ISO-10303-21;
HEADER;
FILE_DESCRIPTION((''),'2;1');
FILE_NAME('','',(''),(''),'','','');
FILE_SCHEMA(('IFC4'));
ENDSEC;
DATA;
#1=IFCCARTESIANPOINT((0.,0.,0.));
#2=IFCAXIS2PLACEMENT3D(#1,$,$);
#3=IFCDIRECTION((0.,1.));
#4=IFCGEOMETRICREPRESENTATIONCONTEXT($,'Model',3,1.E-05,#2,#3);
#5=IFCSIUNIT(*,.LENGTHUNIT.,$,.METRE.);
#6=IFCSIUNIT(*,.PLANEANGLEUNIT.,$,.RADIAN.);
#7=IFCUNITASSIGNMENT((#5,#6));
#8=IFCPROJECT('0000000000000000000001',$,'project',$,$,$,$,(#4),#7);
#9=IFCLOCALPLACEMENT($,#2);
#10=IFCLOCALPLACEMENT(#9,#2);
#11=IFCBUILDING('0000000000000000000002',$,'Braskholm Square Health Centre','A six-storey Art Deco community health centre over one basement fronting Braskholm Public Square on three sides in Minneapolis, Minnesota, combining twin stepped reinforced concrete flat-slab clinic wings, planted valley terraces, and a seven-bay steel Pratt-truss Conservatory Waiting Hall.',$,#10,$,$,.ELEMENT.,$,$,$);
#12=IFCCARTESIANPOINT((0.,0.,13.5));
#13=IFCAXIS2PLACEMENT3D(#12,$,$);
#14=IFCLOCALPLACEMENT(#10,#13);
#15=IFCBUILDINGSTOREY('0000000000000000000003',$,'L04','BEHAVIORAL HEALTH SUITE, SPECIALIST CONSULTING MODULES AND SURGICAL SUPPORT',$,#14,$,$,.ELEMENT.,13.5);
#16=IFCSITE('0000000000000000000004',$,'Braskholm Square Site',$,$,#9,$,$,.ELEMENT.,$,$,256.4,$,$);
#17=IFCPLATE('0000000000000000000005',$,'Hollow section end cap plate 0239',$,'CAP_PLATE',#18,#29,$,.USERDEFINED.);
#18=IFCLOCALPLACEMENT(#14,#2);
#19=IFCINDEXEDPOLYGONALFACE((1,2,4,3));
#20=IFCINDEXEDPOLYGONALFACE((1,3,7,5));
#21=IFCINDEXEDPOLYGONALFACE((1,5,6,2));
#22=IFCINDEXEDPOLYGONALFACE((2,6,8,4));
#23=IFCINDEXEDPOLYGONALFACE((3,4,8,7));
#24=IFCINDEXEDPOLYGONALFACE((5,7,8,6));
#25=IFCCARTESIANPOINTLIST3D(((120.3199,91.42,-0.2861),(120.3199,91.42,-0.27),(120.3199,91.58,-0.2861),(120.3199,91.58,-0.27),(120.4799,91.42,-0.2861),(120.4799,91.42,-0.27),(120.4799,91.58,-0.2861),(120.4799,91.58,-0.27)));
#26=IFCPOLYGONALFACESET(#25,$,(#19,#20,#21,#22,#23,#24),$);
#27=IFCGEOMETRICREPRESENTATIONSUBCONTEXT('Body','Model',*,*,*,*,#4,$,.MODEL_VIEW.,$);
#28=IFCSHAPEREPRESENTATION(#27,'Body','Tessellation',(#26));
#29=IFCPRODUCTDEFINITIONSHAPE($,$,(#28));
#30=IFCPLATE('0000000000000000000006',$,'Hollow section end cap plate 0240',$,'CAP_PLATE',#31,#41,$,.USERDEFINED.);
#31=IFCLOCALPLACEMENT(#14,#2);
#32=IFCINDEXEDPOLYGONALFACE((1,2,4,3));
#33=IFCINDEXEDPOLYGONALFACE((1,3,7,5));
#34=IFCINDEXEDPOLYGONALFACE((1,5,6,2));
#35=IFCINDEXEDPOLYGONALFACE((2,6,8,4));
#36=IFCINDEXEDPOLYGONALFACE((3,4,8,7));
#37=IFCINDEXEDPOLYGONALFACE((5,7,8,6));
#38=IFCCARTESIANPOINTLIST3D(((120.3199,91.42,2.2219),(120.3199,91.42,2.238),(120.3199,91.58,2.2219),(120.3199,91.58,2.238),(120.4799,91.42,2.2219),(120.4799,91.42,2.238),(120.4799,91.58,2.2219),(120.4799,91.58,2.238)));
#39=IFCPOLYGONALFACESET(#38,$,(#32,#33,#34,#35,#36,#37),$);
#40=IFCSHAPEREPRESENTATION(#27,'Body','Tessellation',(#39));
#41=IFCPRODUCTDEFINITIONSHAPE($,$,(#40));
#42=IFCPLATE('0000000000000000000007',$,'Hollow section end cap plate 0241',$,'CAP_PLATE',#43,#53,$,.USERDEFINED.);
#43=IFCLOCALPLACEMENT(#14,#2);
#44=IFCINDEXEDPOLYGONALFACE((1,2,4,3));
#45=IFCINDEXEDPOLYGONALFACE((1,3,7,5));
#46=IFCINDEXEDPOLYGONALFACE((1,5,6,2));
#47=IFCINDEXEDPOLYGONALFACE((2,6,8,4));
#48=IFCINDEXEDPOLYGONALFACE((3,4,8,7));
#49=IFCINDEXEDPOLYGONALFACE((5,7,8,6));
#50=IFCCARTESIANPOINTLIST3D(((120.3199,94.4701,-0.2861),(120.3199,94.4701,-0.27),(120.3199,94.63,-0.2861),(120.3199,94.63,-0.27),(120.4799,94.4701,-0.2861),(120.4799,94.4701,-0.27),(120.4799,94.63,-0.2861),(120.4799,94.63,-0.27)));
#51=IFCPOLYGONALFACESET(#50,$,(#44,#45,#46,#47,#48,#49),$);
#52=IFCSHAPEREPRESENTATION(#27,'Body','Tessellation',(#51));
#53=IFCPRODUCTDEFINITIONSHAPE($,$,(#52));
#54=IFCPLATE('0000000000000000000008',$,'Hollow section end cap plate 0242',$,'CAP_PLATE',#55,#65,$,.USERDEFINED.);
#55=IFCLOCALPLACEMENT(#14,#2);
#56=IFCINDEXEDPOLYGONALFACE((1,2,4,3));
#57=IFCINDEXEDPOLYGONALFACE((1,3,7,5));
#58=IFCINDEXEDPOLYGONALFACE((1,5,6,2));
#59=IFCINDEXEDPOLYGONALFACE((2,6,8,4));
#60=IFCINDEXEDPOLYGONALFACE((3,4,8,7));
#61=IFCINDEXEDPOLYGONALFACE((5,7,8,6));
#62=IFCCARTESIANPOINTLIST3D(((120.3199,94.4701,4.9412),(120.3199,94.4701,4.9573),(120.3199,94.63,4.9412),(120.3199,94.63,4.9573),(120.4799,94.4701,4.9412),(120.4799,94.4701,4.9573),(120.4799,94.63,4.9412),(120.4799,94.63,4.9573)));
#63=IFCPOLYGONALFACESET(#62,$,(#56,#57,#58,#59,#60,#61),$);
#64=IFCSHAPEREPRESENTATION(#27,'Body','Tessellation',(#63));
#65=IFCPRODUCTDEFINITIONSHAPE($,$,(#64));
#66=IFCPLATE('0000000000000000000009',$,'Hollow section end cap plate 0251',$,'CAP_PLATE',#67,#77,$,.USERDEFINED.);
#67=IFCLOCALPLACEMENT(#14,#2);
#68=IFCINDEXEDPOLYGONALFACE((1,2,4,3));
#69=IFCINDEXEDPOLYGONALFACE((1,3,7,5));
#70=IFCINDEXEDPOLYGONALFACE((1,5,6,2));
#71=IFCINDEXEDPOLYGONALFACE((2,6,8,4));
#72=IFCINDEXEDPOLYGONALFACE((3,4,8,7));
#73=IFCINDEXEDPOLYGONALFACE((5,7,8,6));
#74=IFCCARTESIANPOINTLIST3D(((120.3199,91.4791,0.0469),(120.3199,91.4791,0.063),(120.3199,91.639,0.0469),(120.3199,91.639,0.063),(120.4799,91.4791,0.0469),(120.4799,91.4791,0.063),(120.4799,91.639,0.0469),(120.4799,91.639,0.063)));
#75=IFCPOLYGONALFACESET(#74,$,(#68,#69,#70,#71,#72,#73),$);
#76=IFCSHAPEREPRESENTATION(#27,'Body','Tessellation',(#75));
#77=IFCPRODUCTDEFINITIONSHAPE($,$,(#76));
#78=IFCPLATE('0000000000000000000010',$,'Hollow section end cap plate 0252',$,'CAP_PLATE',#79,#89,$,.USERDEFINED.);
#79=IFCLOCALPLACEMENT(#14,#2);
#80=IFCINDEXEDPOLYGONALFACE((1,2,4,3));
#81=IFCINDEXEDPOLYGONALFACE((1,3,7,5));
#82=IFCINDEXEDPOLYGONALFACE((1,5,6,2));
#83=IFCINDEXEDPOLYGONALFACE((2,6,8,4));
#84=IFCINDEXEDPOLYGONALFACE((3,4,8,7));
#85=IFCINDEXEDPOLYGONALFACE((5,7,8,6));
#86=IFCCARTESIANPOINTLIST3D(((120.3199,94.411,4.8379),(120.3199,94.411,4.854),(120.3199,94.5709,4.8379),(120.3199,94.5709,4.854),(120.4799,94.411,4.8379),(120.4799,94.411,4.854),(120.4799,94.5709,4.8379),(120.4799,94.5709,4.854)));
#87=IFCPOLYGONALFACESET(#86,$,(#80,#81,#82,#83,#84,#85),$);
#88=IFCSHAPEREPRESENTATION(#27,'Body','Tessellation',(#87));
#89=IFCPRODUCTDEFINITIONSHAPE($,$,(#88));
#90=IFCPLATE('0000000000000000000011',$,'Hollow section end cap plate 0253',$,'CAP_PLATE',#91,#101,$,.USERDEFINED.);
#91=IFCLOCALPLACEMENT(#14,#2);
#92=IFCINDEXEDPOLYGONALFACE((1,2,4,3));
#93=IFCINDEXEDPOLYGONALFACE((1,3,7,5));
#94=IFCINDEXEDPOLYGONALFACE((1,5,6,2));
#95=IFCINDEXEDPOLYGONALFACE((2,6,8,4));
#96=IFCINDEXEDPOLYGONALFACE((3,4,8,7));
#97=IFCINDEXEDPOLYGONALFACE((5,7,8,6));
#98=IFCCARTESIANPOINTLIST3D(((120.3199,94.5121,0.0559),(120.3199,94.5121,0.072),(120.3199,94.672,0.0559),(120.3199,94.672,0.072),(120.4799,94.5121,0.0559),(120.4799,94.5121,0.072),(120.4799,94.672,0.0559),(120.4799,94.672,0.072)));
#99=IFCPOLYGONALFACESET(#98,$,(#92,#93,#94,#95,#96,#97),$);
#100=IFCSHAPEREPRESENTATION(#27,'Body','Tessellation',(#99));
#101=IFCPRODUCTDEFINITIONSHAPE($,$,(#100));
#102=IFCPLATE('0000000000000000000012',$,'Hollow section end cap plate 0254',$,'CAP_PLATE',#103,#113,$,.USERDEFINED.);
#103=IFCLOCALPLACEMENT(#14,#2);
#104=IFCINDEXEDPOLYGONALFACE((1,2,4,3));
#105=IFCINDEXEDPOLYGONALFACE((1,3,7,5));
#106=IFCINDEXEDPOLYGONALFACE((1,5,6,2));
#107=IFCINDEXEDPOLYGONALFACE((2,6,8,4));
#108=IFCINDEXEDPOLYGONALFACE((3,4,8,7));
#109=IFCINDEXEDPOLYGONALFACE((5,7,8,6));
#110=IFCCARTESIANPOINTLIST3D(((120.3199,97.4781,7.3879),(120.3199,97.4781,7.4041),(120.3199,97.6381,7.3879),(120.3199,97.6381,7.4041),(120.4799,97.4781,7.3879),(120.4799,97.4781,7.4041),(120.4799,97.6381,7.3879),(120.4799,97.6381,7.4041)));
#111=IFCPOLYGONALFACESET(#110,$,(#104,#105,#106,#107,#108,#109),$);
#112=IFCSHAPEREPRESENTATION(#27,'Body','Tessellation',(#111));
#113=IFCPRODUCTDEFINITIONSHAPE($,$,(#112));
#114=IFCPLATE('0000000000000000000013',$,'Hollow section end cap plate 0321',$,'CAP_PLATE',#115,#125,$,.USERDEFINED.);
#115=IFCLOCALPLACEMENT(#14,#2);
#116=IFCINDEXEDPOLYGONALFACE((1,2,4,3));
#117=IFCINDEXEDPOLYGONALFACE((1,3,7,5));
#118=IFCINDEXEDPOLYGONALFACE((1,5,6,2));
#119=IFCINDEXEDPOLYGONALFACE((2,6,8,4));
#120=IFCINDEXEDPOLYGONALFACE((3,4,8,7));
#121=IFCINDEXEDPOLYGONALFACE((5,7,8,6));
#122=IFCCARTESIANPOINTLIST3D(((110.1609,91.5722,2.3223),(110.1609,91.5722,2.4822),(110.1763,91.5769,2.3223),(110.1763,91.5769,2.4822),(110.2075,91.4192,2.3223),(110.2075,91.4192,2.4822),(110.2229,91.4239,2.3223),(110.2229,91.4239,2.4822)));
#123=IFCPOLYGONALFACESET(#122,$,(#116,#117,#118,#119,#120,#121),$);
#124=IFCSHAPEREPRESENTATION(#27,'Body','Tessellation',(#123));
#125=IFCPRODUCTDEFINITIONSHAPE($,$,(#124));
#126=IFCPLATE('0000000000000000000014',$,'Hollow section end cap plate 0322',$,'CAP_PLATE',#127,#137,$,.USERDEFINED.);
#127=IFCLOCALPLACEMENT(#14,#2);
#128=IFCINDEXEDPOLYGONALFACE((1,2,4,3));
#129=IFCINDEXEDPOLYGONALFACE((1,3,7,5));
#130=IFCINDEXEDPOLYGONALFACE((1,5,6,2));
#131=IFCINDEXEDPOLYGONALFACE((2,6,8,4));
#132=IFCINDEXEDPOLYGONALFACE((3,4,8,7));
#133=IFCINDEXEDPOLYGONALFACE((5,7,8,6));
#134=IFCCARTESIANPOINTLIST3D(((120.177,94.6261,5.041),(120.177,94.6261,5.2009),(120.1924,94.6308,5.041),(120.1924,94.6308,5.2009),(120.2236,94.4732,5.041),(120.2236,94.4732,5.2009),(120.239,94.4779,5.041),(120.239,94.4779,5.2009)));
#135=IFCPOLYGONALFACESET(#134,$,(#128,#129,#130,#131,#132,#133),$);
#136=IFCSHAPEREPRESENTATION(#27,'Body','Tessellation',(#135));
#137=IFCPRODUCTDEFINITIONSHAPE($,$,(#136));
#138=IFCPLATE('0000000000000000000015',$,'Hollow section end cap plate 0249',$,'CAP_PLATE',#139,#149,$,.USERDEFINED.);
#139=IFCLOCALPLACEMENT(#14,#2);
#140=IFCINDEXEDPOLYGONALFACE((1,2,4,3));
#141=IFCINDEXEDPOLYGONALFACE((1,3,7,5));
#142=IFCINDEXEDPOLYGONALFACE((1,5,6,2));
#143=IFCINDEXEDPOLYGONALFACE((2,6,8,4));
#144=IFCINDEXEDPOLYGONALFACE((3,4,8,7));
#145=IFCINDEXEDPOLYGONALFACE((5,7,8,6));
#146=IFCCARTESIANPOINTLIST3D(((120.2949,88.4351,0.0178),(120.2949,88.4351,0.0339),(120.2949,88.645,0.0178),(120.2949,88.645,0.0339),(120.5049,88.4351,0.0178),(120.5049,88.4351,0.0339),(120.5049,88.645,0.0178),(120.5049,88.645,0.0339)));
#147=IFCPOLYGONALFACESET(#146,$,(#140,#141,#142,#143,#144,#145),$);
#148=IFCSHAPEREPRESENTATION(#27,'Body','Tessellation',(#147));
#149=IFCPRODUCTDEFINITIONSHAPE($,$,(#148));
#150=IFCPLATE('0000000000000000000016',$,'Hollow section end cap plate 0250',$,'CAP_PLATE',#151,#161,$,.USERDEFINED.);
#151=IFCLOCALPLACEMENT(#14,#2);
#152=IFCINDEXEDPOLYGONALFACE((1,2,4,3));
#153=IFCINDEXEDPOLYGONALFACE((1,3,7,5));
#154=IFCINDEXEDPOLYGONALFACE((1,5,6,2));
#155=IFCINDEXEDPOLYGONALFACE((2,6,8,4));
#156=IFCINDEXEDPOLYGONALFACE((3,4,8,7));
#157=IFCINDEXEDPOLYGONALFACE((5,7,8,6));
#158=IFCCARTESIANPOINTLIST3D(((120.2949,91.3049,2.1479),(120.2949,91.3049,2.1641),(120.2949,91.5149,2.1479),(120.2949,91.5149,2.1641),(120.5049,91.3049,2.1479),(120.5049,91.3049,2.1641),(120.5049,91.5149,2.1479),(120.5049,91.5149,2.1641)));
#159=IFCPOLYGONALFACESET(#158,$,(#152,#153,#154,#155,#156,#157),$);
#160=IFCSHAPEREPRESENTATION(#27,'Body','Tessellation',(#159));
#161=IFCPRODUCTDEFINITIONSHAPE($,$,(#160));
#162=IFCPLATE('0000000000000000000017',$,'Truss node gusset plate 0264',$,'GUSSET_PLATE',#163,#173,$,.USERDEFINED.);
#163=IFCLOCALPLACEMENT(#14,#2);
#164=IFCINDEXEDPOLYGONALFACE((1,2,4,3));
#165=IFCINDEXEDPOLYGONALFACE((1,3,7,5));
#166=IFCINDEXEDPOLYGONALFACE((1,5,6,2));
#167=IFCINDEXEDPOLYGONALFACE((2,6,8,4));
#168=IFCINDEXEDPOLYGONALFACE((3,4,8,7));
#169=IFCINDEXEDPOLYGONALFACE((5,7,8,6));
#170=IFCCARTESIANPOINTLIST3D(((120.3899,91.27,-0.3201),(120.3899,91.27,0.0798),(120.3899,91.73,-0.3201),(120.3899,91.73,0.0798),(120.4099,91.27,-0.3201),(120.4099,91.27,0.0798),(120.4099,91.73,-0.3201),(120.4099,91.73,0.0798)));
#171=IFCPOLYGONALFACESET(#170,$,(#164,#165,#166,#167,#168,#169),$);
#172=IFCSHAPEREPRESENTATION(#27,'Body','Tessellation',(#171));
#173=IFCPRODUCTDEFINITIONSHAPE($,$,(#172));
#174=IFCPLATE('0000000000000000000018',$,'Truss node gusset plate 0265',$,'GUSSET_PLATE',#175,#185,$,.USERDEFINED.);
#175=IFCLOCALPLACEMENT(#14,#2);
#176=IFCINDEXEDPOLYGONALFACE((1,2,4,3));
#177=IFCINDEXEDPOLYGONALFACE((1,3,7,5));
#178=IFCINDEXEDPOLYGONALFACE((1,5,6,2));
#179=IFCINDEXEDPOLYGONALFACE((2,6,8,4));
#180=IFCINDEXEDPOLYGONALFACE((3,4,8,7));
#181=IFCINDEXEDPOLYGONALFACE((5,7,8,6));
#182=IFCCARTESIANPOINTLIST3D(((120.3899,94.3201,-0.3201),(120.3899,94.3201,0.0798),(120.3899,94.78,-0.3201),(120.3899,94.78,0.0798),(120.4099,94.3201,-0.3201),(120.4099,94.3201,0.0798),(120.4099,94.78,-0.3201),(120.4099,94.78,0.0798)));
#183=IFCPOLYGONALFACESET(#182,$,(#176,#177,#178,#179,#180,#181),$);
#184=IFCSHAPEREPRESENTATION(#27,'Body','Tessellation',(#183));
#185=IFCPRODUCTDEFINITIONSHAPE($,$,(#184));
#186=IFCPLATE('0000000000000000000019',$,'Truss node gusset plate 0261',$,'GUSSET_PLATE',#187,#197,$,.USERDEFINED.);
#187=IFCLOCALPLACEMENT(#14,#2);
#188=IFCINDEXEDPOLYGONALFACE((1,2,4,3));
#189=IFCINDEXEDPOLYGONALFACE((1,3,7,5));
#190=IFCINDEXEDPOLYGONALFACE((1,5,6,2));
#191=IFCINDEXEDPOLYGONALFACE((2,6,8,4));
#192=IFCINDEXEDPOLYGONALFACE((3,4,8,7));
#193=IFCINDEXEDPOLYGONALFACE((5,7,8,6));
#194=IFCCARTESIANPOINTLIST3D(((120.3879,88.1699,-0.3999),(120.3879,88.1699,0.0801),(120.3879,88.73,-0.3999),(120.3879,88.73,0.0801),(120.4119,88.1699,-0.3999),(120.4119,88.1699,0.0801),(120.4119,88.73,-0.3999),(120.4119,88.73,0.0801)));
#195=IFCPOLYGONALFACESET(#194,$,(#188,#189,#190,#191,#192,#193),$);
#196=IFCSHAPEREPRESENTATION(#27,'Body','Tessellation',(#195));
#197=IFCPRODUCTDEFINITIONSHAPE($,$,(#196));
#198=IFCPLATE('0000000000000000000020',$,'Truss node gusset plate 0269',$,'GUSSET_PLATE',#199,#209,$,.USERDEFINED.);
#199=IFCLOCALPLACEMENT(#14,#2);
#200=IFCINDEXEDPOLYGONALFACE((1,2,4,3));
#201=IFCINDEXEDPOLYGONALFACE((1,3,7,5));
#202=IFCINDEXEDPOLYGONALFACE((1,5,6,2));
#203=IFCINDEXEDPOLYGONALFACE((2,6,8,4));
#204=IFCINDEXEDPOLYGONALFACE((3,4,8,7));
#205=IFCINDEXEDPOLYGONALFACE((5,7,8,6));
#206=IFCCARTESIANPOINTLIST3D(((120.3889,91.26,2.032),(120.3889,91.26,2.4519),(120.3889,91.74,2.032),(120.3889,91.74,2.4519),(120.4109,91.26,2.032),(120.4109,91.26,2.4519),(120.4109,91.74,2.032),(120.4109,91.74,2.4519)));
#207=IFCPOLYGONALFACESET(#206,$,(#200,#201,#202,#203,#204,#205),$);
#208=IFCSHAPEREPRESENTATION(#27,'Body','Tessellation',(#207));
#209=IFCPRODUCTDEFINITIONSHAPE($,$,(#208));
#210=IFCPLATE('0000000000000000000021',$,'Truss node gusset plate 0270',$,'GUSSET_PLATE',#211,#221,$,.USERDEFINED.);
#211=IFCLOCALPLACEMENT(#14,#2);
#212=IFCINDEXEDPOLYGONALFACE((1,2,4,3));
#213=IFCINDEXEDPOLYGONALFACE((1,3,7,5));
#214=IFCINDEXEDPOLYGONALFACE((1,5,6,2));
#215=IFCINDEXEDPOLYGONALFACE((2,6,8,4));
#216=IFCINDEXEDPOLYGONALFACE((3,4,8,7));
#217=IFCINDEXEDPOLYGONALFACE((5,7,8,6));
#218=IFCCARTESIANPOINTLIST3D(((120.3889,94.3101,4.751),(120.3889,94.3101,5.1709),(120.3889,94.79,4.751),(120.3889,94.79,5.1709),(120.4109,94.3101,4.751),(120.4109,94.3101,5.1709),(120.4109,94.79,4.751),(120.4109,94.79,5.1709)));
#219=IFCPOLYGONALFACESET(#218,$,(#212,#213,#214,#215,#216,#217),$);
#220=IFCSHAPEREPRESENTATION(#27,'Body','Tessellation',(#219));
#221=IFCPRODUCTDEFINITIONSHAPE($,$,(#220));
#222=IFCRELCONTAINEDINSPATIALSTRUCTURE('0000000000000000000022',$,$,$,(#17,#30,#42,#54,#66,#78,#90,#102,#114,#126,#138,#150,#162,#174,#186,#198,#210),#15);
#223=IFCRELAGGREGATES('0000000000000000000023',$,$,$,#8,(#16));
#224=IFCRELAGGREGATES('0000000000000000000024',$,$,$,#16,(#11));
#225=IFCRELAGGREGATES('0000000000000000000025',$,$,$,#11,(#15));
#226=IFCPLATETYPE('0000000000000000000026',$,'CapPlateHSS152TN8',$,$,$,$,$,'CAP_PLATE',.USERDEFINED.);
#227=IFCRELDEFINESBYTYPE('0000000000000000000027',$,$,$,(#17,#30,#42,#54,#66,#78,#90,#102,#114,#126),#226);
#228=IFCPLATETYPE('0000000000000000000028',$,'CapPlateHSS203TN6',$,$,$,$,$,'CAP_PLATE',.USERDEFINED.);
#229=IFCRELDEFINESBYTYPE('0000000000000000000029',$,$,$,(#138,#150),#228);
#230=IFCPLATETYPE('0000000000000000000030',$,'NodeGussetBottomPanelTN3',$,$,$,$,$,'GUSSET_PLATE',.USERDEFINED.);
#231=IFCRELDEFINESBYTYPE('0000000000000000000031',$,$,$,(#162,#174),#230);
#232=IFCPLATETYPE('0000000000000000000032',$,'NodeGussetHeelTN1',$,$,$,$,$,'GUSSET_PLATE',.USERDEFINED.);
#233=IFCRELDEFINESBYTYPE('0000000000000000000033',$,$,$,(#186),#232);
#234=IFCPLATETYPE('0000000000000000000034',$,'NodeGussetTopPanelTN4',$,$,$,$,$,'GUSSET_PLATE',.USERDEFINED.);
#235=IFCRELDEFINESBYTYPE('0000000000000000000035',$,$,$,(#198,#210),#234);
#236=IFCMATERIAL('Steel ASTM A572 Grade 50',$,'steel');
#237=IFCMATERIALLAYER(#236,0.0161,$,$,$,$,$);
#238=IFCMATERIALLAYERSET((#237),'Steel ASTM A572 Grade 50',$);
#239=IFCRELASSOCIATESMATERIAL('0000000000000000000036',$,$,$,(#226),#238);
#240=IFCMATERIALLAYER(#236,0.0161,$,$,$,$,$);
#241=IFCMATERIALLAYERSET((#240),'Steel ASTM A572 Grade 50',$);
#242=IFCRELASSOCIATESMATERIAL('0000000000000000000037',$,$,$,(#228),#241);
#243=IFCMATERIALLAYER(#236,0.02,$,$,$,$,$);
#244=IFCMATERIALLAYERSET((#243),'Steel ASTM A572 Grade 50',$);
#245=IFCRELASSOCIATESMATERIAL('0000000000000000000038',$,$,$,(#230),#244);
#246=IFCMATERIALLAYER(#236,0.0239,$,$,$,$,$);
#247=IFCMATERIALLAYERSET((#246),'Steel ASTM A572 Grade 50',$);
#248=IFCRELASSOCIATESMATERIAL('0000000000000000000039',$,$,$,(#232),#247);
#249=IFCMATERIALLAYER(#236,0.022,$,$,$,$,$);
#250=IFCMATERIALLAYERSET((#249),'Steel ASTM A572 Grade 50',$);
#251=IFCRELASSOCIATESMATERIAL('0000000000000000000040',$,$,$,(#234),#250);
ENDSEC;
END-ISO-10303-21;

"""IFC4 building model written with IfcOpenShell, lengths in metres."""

from ifc_helpers import new_model, si_unit, direction, frame, origin, origin_2d, place, context, subcontext, project, spatial, rectangle, extrude, material, layer, layer_set, type_object, element, save


model = new_model("IFC4")

# Units and contexts
model_context = context("Model", 3, precision=1e-05, world=origin(), true_north=direction((0.0, 1.0)))
body_context = subcontext(model_context, "Body", "Model", "MODEL_VIEW")
ifc_project = project(units=[si_unit("LENGTHUNIT", "METRE"), si_unit("PLANEANGLEUNIT", "RADIAN")], contexts=[model_context])

# Site, building, storey
site_placement = place(None, origin())
site = spatial("IfcSite", under=ifc_project, at=site_placement, Name="Braskholm Square Site", CompositionType="ELEMENT", RefElevation=256.4)
building_placement = place(site_placement, origin())
building = spatial("IfcBuilding", under=site, at=building_placement, Name="Braskholm Square Health Centre", Description="A six-storey Art Deco community health centre over one basement fronting Braskholm Public Square on three sides in Minneapolis, Minnesota, combining twin stepped reinforced concrete flat-slab clinic wings, planted valley terraces, and a seven-bay steel Pratt-truss Conservatory Waiting Hall.", CompositionType="ELEMENT")
storey_placement = place(building_placement, frame((0.0, 0.0, 13.5)))
storey = spatial("IfcBuildingStorey", under=building, at=storey_placement, Name="L04", Description="BEHAVIORAL HEALTH SUITE, SPECIALIST CONSULTING MODULES AND SURGICAL SUPPORT", CompositionType="ELEMENT", Elevation=13.5)

# Plates
ifc_material_1 = material(Name="Steel ASTM A572 Grade 50", Category="steel")
ifc_layer_1 = layer(ifc_material_1, 0.0161)
ifc_layer_set_1 = layer_set([ifc_layer_1], Name="Steel ASTM A572 Grade 50")
plate_type_1 = type_object("IfcPlateType", Name="CapPlateHSS152TN8", ElementType="CAP_PLATE", PredefinedType="USERDEFINED", material=ifc_layer_set_1)
for number, where, z_axis, x_axis, name in (
    (1, (120.3999, 91.5, -0.2861), (0.0, 0.0, 1.0), (1.0, 0.0, 0.0), "Hollow section end cap plate 0239"),
    (2, (120.3999, 91.5, 2.2219), (0.0, 0.0, 1.0), (1.0, 0.0, 0.0), "Hollow section end cap plate 0240"),
    (3, (120.3999, 94.55, -0.2861), (0.0, 0.0, 1.0), (1.0, 0.0, 0.0), "Hollow section end cap plate 0241"),
    (4, (120.3999, 94.55, 4.9412), (0.0, 0.0, 1.0), (1.0, 0.0, 0.0), "Hollow section end cap plate 0242"),
    (5, (120.3999, 91.5591, 0.0469), (0.0, 0.0, 1.0), (1.0, 0.0, 0.0), "Hollow section end cap plate 0251"),
    (6, (120.3999, 94.491, 4.8379), (0.0, 0.0, 1.0), (1.0, 0.0, 0.0), "Hollow section end cap plate 0252"),
    (7, (120.3999, 94.592, 0.0559), (0.0, 0.0, 1.0), (1.0, 0.0, 0.0), "Hollow section end cap plate 0253"),
    (8, (120.3999, 97.5581, 7.3879), (0.0, 0.0, 1.0), (1.0, 0.0, 0.0), "Hollow section end cap plate 0254"),
):
    element("IfcPlate", number, at=place(storey_placement, frame(where, z_axis=z_axis, x_axis=x_axis)), inside=storey, type_object=plate_type_1, Name=name, ObjectType="CAP_PLATE", PredefinedType="USERDEFINED", context=body_context, shape_type="SweptSolid", body=[
        extrude(rectangle(XDim=0.1599, YDim=0.1599, at=origin_2d()), origin(), (0.0, 0.0, 1.0), 0.0161),
    ])
for number, where, z_axis, x_axis, name in (
    (9, (110.1919, 91.498, 2.3223), (0.0, 0.0, 1.0), (0.956498, 0.291737, 0.0), "Hollow section end cap plate 0321"),
    (10, (120.208, 94.552, 5.041), (0.0, 0.0, 1.0), (0.956498, 0.291737, 0.0), "Hollow section end cap plate 0322"),
):
    element("IfcPlate", number, at=place(storey_placement, frame(where, z_axis=z_axis, x_axis=x_axis)), inside=storey, type_object=plate_type_1, Name=name, ObjectType="CAP_PLATE", PredefinedType="USERDEFINED", context=body_context, shape_type="SweptSolid", body=[
        extrude(rectangle(XDim=0.0161, YDim=0.1599, at=origin_2d()), origin(), (0.0, 0.0, 1.0), 0.1599),
    ])
ifc_layer_2 = layer(ifc_material_1, 0.0161)
ifc_layer_set_2 = layer_set([ifc_layer_2], Name="Steel ASTM A572 Grade 50")
plate_type_2 = type_object("IfcPlateType", Name="CapPlateHSS203TN6", ElementType="CAP_PLATE", PredefinedType="USERDEFINED", material=ifc_layer_set_2)
for number, where, z_axis, x_axis, name in (
    (11, (120.3999, 88.54, 0.0178), (0.0, 0.0, 1.0), (1.0, 0.0, 0.0), "Hollow section end cap plate 0249"),
    (12, (120.3999, 91.4099, 2.1479), (0.0, 0.0, 1.0), (1.0, 0.0, 0.0), "Hollow section end cap plate 0250"),
):
    element("IfcPlate", number, at=place(storey_placement, frame(where, z_axis=z_axis, x_axis=x_axis)), inside=storey, type_object=plate_type_2, Name=name, ObjectType="CAP_PLATE", PredefinedType="USERDEFINED", context=body_context, shape_type="SweptSolid", body=[
        extrude(rectangle(XDim=0.21, YDim=0.21, at=origin_2d()), origin(), (0.0, 0.0, 1.0), 0.0161),
    ])
ifc_layer_3 = layer(ifc_material_1, 0.02)
ifc_layer_set_3 = layer_set([ifc_layer_3], Name="Steel ASTM A572 Grade 50")
plate_type_3 = type_object("IfcPlateType", Name="NodeGussetBottomPanelTN3", ElementType="GUSSET_PLATE", PredefinedType="USERDEFINED", material=ifc_layer_set_3)
for number, where, z_axis, x_axis, name in (
    (13, (120.3999, 91.5, -0.3201), (0.0, 0.0, 1.0), (1.0, 0.0, 0.0), "Truss node gusset plate 0264"),
    (14, (120.3999, 94.55, -0.3201), (0.0, 0.0, 1.0), (1.0, 0.0, 0.0), "Truss node gusset plate 0265"),
):
    element("IfcPlate", number, at=place(storey_placement, frame(where, z_axis=z_axis, x_axis=x_axis)), inside=storey, type_object=plate_type_3, Name=name, ObjectType="GUSSET_PLATE", PredefinedType="USERDEFINED", context=body_context, shape_type="SweptSolid", body=[
        extrude(rectangle(XDim=0.02, YDim=0.46, at=origin_2d()), origin(), (0.0, 0.0, 1.0), 0.3999),
    ])
ifc_layer_4 = layer(ifc_material_1, 0.0239)
ifc_layer_set_4 = layer_set([ifc_layer_4], Name="Steel ASTM A572 Grade 50")
plate_type_4 = type_object("IfcPlateType", Name="NodeGussetHeelTN1", ElementType="GUSSET_PLATE", PredefinedType="USERDEFINED", material=ifc_layer_set_4)
plate_placement = place(storey_placement, frame((120.3999, 88.45, -0.3999), z_axis=(0.0, 0.0, 1.0), x_axis=(1.0, 0.0, 0.0)))
element("IfcPlate", 15, at=plate_placement, inside=storey, type_object=plate_type_4, Name="Truss node gusset plate 0261", ObjectType="GUSSET_PLATE", PredefinedType="USERDEFINED", context=body_context, shape_type="SweptSolid", body=[
    extrude(rectangle(XDim=0.0239, YDim=0.5601, at=origin_2d()), origin(), (0.0, 0.0, 1.0), 0.48),
])
ifc_layer_5 = layer(ifc_material_1, 0.022)
ifc_layer_set_5 = layer_set([ifc_layer_5], Name="Steel ASTM A572 Grade 50")
plate_type_5 = type_object("IfcPlateType", Name="NodeGussetTopPanelTN4", ElementType="GUSSET_PLATE", PredefinedType="USERDEFINED", material=ifc_layer_set_5)
for number, where, z_axis, x_axis, name in (
    (16, (120.3999, 91.5, 2.032), (0.0, 0.0, 1.0), (1.0, 0.0, 0.0), "Truss node gusset plate 0269"),
    (17, (120.3999, 94.55, 4.751), (0.0, 0.0, 1.0), (1.0, 0.0, 0.0), "Truss node gusset plate 0270"),
):
    element("IfcPlate", number, at=place(storey_placement, frame(where, z_axis=z_axis, x_axis=x_axis)), inside=storey, type_object=plate_type_5, Name=name, ObjectType="GUSSET_PLATE", PredefinedType="USERDEFINED", context=body_context, shape_type="SweptSolid", body=[
        extrude(rectangle(XDim=0.022, YDim=0.48, at=origin_2d()), origin(), (0.0, 0.0, 1.0), 0.4199),
    ])

save(model, "model.ifc")
